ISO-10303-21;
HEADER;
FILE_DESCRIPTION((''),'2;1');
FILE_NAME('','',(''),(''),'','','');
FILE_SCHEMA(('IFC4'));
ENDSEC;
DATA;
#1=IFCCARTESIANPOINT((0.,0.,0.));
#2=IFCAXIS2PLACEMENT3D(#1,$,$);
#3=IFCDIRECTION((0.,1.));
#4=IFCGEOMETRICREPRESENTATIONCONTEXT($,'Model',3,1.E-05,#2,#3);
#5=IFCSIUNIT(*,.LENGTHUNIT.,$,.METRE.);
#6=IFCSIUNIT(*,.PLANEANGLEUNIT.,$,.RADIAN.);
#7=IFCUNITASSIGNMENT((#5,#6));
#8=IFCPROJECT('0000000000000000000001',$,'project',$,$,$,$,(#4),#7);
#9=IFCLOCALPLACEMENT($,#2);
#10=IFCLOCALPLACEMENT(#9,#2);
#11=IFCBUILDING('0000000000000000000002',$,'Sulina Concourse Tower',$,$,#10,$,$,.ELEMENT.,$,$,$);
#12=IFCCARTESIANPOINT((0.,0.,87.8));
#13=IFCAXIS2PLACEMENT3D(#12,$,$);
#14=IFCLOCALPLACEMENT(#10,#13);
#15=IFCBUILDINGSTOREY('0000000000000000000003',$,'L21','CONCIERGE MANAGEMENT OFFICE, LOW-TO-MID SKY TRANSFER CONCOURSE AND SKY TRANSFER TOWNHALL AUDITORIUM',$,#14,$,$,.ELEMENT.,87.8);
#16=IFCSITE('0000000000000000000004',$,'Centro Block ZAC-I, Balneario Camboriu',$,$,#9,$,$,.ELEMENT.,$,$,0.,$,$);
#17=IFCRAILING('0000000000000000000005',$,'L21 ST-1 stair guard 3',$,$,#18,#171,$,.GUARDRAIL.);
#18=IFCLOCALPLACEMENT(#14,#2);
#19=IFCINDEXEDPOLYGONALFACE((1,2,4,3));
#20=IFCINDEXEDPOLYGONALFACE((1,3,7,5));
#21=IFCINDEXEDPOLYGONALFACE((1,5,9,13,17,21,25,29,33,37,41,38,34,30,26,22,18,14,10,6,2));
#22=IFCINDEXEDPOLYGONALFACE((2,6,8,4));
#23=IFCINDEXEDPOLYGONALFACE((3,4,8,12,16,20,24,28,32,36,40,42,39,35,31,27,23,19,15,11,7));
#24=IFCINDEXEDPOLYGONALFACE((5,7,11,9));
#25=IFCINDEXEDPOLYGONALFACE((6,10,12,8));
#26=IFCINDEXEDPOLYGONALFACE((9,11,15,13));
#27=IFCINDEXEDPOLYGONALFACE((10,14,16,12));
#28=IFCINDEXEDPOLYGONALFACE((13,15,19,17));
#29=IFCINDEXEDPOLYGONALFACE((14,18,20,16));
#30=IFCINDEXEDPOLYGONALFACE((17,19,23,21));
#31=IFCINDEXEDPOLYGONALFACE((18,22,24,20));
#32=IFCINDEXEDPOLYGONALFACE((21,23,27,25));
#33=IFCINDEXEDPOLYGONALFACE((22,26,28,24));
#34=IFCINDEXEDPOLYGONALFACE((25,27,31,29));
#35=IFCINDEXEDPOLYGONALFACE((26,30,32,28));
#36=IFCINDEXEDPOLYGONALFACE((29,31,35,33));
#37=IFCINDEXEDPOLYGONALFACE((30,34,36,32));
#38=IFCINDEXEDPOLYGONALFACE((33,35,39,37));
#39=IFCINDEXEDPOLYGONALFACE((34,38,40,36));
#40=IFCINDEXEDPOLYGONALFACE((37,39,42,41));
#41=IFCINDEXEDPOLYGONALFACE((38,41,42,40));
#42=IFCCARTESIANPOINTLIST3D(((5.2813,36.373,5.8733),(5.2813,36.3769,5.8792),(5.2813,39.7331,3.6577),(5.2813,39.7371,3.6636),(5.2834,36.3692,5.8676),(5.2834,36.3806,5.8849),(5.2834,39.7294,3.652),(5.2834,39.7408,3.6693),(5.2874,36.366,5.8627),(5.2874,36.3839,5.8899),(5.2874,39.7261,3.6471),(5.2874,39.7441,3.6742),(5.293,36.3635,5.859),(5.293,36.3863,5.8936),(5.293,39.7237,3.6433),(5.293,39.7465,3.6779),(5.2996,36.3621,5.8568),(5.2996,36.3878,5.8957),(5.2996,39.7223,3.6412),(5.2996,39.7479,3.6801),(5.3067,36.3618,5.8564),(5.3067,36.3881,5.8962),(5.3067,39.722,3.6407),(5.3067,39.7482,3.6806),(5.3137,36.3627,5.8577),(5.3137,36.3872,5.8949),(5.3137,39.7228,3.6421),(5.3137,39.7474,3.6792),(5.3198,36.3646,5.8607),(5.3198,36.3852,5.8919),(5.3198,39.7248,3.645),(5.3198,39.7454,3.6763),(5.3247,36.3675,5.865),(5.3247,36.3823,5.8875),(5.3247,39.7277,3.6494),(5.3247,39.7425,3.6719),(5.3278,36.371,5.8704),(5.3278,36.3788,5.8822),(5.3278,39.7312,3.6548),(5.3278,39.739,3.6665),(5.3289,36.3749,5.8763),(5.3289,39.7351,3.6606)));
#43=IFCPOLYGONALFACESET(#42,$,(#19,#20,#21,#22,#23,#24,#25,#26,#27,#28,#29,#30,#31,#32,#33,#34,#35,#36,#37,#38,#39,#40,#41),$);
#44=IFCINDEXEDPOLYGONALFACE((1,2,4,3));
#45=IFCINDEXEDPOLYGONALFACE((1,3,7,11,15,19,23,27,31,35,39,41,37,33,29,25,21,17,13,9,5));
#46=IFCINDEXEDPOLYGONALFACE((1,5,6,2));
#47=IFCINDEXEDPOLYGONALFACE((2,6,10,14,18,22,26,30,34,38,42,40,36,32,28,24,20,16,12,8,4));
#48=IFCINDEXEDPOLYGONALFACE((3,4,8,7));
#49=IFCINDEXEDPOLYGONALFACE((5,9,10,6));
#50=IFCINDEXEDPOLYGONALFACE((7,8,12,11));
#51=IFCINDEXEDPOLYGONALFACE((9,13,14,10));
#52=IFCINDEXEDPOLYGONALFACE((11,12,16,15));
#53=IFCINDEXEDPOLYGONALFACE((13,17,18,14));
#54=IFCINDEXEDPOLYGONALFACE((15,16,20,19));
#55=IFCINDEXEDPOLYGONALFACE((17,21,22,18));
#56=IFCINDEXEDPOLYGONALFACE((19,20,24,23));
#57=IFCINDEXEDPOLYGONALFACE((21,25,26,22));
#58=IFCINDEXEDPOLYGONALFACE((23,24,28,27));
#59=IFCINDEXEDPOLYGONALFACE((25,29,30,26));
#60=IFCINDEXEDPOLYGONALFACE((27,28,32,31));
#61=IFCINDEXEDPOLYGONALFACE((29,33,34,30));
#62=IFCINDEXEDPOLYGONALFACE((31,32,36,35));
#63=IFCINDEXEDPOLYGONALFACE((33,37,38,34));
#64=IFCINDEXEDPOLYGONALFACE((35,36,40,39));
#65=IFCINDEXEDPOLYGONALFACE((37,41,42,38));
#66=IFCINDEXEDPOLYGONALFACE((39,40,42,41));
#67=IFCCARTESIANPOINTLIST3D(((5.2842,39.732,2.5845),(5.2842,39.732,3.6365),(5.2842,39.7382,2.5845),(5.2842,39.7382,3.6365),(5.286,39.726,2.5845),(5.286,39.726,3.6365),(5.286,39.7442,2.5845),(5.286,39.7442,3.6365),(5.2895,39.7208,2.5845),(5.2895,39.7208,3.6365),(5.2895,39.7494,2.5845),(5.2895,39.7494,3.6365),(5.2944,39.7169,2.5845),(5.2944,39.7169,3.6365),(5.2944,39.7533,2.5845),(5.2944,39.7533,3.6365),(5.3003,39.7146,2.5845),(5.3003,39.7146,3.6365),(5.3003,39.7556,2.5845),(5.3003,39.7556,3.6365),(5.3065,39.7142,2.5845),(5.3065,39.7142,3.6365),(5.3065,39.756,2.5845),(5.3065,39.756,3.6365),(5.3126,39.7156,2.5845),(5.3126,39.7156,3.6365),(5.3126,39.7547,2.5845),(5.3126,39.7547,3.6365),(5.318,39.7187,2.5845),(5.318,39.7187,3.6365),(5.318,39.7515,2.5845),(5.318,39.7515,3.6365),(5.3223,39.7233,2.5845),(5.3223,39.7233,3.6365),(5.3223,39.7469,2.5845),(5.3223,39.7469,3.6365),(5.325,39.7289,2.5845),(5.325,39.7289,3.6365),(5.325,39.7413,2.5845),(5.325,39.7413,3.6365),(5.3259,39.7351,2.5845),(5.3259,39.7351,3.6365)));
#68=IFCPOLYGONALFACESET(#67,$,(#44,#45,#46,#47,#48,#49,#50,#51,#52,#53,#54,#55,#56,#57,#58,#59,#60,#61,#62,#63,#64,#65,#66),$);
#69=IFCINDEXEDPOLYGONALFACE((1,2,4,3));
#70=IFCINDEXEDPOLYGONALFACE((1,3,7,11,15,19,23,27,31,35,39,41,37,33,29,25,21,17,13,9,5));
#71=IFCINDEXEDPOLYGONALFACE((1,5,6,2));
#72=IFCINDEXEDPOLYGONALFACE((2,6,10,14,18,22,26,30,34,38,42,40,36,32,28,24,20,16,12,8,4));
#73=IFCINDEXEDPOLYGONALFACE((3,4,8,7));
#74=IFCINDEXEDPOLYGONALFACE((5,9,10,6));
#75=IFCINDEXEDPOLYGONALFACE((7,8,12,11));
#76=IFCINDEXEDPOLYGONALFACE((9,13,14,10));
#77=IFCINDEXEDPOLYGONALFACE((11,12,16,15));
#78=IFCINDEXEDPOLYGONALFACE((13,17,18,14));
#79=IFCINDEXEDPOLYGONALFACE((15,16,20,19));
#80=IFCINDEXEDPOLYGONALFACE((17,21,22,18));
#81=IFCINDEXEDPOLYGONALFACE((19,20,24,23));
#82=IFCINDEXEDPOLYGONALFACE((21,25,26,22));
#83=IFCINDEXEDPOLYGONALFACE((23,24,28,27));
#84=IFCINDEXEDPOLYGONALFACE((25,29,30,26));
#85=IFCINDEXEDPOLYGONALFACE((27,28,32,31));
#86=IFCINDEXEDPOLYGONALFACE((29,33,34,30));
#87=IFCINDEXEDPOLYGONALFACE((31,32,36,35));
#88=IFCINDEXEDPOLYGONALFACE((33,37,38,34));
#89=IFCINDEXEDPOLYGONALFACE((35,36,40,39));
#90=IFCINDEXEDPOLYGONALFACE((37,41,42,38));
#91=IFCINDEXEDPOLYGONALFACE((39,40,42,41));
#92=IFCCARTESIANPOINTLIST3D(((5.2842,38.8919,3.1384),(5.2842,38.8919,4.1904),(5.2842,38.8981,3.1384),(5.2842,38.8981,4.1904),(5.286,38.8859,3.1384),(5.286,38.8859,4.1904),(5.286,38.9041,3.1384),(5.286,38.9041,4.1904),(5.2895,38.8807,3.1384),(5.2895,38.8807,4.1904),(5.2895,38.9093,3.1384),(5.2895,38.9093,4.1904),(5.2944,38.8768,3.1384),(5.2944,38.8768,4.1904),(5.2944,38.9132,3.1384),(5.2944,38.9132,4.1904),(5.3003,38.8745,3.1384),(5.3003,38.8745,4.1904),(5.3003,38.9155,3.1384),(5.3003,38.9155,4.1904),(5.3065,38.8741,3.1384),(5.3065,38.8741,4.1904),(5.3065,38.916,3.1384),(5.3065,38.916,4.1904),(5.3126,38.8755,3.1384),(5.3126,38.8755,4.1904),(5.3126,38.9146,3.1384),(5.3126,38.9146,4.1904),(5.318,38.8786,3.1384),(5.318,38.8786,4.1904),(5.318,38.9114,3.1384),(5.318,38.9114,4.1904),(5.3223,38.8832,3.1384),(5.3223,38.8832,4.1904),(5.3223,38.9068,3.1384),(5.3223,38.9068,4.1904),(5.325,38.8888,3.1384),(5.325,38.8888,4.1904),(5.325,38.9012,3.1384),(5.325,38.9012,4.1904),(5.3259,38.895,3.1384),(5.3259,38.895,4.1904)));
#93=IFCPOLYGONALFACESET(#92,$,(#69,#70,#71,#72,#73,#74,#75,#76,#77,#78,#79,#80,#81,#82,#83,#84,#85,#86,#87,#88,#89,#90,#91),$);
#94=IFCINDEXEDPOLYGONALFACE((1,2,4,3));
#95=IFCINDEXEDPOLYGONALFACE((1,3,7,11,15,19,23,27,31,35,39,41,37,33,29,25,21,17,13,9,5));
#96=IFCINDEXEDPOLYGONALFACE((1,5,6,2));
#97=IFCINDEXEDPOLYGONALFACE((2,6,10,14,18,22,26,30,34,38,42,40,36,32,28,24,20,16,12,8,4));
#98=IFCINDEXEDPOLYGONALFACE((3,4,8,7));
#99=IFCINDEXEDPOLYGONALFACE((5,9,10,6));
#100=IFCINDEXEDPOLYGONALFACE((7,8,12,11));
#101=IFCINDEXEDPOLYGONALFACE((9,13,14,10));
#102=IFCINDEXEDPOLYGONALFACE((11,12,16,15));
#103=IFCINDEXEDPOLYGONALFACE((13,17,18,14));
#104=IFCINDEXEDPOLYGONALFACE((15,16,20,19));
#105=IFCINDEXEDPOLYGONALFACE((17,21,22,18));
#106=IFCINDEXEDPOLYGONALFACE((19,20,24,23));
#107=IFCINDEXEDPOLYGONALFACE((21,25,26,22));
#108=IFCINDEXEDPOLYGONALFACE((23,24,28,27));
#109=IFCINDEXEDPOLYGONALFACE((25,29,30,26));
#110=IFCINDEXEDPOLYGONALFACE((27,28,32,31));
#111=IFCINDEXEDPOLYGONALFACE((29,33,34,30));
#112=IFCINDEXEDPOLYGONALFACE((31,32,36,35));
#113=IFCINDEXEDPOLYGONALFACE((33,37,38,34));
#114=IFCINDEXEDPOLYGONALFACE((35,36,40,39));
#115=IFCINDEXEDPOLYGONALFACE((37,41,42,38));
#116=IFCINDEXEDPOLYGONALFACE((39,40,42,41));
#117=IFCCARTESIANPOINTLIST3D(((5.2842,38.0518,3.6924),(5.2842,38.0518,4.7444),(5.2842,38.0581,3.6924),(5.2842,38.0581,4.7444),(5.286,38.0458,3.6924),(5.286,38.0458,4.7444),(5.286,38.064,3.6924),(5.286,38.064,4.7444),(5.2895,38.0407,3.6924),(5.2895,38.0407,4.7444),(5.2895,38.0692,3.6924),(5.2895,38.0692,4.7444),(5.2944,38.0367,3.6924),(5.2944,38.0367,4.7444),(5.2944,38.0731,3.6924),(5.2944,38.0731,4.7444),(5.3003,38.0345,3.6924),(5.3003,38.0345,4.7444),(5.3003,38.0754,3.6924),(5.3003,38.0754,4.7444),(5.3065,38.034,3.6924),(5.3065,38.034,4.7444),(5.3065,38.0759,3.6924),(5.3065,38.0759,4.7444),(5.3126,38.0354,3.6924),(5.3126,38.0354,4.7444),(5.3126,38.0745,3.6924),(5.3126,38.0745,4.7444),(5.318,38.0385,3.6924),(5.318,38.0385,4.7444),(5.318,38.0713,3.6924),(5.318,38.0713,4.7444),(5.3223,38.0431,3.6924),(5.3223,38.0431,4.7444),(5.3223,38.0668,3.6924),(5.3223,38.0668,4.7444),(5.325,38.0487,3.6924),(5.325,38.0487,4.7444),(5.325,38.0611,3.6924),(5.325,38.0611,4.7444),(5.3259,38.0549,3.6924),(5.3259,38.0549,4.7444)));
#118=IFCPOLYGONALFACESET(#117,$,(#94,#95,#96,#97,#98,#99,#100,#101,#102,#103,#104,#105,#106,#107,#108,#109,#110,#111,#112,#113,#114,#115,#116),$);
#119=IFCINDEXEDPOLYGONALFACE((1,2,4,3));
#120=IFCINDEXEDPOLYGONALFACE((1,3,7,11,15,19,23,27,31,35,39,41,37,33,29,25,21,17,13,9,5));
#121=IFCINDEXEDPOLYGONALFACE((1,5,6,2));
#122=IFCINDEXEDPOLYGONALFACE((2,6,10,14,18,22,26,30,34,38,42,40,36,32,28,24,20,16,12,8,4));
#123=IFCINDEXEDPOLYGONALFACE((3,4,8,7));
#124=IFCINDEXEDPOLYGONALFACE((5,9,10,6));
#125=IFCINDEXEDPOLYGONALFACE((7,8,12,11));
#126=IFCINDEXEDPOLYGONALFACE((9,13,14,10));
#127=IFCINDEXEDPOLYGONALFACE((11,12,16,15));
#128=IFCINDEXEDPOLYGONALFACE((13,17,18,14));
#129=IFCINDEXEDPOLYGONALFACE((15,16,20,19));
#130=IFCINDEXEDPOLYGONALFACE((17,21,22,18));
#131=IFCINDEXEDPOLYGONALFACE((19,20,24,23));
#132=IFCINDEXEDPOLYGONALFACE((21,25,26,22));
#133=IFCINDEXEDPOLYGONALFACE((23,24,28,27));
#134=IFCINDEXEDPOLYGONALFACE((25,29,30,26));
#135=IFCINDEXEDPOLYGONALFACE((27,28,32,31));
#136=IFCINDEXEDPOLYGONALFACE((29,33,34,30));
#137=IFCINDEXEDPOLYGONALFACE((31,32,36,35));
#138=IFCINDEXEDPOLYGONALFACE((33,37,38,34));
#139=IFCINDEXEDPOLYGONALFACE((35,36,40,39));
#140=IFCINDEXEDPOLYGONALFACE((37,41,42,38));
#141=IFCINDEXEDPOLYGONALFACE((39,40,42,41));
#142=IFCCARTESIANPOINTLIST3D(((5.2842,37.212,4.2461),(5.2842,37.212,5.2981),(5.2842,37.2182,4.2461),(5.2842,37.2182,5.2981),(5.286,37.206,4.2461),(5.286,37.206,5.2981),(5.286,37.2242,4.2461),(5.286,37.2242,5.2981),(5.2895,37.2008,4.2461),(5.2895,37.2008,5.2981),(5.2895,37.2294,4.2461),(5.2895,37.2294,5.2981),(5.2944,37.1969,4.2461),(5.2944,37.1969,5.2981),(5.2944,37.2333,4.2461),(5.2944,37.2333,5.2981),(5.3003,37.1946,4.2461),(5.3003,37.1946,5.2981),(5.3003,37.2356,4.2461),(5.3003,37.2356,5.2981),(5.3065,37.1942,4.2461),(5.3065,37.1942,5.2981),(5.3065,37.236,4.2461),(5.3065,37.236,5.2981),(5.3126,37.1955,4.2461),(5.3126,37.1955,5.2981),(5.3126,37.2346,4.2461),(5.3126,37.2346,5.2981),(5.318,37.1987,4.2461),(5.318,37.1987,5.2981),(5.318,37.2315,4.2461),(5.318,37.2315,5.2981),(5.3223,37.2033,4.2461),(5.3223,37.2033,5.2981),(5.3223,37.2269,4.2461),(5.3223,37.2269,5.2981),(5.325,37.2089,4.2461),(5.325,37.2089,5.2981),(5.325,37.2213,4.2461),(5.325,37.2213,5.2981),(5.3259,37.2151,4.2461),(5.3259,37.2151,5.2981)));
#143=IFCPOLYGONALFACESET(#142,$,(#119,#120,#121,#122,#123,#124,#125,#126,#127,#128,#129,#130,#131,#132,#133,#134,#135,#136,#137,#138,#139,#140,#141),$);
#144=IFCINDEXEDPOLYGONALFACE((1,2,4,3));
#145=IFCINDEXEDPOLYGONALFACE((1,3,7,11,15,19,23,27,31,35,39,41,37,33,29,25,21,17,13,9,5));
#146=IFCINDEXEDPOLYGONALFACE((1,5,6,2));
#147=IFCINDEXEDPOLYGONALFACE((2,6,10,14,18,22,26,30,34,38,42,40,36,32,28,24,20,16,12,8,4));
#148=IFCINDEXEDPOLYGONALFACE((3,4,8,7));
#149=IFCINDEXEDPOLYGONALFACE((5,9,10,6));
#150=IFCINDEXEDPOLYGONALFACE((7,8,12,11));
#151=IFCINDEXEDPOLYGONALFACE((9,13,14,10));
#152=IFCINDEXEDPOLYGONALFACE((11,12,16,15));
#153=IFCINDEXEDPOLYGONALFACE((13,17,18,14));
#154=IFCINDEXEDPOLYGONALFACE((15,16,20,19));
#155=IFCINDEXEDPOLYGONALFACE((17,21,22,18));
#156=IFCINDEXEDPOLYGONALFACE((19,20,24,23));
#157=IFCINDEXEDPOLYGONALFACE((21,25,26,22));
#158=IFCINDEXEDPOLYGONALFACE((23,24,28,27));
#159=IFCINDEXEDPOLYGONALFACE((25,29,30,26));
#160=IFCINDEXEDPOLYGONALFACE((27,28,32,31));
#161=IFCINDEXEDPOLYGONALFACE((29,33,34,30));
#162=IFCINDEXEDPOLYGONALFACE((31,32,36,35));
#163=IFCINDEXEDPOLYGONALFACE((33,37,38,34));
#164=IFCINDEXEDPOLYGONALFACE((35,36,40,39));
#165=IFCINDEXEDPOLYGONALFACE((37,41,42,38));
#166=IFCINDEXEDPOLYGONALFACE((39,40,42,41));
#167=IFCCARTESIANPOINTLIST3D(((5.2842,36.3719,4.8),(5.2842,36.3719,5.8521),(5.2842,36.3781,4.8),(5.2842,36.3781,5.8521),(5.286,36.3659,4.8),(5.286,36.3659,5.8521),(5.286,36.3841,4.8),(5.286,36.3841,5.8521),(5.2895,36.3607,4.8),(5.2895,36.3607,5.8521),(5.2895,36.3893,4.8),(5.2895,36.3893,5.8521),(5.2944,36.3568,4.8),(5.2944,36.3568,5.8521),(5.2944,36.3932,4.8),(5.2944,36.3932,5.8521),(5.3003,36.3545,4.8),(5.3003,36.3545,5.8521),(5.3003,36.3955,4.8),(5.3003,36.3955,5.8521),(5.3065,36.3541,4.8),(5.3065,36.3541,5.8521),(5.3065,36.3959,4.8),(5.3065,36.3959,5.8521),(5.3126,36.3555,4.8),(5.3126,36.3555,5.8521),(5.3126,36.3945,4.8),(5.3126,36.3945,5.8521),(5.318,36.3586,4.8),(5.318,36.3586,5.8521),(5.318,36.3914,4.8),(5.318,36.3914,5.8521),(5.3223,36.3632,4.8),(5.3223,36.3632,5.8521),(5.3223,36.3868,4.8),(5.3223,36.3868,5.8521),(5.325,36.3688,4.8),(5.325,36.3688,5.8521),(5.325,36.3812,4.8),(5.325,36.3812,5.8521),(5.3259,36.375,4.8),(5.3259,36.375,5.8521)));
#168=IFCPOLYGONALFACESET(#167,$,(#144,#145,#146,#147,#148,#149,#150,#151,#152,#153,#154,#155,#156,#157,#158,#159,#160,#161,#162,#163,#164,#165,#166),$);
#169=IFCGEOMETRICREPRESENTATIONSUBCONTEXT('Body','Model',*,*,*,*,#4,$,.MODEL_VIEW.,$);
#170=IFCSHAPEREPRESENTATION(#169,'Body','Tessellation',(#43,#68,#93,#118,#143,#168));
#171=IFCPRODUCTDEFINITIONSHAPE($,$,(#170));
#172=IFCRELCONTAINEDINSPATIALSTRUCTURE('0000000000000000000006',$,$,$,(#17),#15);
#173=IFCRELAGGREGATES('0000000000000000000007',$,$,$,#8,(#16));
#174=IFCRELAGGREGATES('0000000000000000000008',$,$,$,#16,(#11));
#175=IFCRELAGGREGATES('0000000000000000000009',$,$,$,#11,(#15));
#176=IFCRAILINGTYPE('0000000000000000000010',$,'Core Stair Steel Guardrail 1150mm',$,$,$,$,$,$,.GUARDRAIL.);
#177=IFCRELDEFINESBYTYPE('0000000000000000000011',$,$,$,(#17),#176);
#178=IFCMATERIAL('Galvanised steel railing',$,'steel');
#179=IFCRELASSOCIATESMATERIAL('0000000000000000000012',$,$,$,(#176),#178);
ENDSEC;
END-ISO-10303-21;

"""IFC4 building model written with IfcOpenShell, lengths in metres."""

from ifc_helpers import new_model, si_unit, direction, frame, origin, origin_2d, place, context, subcontext, project, spatial, circle, extrude, material, type_object, element, save


model = new_model("IFC4")

# Units and contexts
model_context = context("Model", 3, precision=1e-05, world=origin(), true_north=direction((0.0, 1.0)))
body_context = subcontext(model_context, "Body", "Model", "MODEL_VIEW")
ifc_project = project(units=[si_unit("LENGTHUNIT", "METRE"), si_unit("PLANEANGLEUNIT", "RADIAN")], contexts=[model_context])

# Site, building, storey
site_placement = place(None, origin())
site = spatial("IfcSite", under=ifc_project, at=site_placement, Name="Centro Block ZAC-I, Balneario Camboriu", CompositionType="ELEMENT", RefElevation=0.0)
building_placement = place(site_placement, origin())
building = spatial("IfcBuilding", under=site, at=building_placement, Name="Sulina Concourse Tower", CompositionType="ELEMENT")
storey_placement = place(building_placement, frame((0.0, 0.0, 87.8)))
storey = spatial("IfcBuildingStorey", under=building, at=storey_placement, Name="L21", Description="CONCIERGE MANAGEMENT OFFICE, LOW-TO-MID SKY TRANSFER CONCOURSE AND SKY TRANSFER TOWNHALL AUDITORIUM", CompositionType="ELEMENT", Elevation=87.8)

# Railing
ifc_material_1 = material(Name="Galvanised steel railing", Category="steel")
railing_type_1 = type_object("IfcRailingType", Name="Core Stair Steel Guardrail 1150mm", PredefinedType="GUARDRAIL", material=ifc_material_1)
railing_1_placement = place(storey_placement, frame((5.3049, 39.7351, 2.5845)))
element("IfcRailing", 1, at=railing_1_placement, inside=storey, type_object=railing_type_1, Name="L21 ST-1 stair guard 3", PredefinedType="GUARDRAIL", context=body_context, shape_type="SweptSolid", body=[
    extrude(circle(Radius=0.0239, at=origin_2d()), frame((0.0, 0.0, 1.0762), z_axis=(0.0, -0.834849, 0.55048), x_axis=(1.0, 0.0, 0.0)), (0.0, 0.0, 1.0), 4.0249),
    extrude(circle(Radius=0.021, at=origin_2d()), origin(), (0.0, 0.0, 1.0), 1.052),
    extrude(circle(Radius=0.021, at=origin_2d()), frame((0.0, -0.8401, 0.554)), (0.0, 0.0, 1.0), 1.052),
    extrude(circle(Radius=0.021, at=origin_2d()), frame((0.0, -1.6802, 1.1079)), (0.0, 0.0, 1.0), 1.052),
    extrude(circle(Radius=0.021, at=origin_2d()), frame((0.0, -2.52, 1.6616)), (0.0, 0.0, 1.0), 1.052),
    extrude(circle(Radius=0.021, at=origin_2d()), frame((0.0, -3.3601, 2.2156)), (0.0, 0.0, 1.0), 1.052),
])

save(model, "model.ifc")
